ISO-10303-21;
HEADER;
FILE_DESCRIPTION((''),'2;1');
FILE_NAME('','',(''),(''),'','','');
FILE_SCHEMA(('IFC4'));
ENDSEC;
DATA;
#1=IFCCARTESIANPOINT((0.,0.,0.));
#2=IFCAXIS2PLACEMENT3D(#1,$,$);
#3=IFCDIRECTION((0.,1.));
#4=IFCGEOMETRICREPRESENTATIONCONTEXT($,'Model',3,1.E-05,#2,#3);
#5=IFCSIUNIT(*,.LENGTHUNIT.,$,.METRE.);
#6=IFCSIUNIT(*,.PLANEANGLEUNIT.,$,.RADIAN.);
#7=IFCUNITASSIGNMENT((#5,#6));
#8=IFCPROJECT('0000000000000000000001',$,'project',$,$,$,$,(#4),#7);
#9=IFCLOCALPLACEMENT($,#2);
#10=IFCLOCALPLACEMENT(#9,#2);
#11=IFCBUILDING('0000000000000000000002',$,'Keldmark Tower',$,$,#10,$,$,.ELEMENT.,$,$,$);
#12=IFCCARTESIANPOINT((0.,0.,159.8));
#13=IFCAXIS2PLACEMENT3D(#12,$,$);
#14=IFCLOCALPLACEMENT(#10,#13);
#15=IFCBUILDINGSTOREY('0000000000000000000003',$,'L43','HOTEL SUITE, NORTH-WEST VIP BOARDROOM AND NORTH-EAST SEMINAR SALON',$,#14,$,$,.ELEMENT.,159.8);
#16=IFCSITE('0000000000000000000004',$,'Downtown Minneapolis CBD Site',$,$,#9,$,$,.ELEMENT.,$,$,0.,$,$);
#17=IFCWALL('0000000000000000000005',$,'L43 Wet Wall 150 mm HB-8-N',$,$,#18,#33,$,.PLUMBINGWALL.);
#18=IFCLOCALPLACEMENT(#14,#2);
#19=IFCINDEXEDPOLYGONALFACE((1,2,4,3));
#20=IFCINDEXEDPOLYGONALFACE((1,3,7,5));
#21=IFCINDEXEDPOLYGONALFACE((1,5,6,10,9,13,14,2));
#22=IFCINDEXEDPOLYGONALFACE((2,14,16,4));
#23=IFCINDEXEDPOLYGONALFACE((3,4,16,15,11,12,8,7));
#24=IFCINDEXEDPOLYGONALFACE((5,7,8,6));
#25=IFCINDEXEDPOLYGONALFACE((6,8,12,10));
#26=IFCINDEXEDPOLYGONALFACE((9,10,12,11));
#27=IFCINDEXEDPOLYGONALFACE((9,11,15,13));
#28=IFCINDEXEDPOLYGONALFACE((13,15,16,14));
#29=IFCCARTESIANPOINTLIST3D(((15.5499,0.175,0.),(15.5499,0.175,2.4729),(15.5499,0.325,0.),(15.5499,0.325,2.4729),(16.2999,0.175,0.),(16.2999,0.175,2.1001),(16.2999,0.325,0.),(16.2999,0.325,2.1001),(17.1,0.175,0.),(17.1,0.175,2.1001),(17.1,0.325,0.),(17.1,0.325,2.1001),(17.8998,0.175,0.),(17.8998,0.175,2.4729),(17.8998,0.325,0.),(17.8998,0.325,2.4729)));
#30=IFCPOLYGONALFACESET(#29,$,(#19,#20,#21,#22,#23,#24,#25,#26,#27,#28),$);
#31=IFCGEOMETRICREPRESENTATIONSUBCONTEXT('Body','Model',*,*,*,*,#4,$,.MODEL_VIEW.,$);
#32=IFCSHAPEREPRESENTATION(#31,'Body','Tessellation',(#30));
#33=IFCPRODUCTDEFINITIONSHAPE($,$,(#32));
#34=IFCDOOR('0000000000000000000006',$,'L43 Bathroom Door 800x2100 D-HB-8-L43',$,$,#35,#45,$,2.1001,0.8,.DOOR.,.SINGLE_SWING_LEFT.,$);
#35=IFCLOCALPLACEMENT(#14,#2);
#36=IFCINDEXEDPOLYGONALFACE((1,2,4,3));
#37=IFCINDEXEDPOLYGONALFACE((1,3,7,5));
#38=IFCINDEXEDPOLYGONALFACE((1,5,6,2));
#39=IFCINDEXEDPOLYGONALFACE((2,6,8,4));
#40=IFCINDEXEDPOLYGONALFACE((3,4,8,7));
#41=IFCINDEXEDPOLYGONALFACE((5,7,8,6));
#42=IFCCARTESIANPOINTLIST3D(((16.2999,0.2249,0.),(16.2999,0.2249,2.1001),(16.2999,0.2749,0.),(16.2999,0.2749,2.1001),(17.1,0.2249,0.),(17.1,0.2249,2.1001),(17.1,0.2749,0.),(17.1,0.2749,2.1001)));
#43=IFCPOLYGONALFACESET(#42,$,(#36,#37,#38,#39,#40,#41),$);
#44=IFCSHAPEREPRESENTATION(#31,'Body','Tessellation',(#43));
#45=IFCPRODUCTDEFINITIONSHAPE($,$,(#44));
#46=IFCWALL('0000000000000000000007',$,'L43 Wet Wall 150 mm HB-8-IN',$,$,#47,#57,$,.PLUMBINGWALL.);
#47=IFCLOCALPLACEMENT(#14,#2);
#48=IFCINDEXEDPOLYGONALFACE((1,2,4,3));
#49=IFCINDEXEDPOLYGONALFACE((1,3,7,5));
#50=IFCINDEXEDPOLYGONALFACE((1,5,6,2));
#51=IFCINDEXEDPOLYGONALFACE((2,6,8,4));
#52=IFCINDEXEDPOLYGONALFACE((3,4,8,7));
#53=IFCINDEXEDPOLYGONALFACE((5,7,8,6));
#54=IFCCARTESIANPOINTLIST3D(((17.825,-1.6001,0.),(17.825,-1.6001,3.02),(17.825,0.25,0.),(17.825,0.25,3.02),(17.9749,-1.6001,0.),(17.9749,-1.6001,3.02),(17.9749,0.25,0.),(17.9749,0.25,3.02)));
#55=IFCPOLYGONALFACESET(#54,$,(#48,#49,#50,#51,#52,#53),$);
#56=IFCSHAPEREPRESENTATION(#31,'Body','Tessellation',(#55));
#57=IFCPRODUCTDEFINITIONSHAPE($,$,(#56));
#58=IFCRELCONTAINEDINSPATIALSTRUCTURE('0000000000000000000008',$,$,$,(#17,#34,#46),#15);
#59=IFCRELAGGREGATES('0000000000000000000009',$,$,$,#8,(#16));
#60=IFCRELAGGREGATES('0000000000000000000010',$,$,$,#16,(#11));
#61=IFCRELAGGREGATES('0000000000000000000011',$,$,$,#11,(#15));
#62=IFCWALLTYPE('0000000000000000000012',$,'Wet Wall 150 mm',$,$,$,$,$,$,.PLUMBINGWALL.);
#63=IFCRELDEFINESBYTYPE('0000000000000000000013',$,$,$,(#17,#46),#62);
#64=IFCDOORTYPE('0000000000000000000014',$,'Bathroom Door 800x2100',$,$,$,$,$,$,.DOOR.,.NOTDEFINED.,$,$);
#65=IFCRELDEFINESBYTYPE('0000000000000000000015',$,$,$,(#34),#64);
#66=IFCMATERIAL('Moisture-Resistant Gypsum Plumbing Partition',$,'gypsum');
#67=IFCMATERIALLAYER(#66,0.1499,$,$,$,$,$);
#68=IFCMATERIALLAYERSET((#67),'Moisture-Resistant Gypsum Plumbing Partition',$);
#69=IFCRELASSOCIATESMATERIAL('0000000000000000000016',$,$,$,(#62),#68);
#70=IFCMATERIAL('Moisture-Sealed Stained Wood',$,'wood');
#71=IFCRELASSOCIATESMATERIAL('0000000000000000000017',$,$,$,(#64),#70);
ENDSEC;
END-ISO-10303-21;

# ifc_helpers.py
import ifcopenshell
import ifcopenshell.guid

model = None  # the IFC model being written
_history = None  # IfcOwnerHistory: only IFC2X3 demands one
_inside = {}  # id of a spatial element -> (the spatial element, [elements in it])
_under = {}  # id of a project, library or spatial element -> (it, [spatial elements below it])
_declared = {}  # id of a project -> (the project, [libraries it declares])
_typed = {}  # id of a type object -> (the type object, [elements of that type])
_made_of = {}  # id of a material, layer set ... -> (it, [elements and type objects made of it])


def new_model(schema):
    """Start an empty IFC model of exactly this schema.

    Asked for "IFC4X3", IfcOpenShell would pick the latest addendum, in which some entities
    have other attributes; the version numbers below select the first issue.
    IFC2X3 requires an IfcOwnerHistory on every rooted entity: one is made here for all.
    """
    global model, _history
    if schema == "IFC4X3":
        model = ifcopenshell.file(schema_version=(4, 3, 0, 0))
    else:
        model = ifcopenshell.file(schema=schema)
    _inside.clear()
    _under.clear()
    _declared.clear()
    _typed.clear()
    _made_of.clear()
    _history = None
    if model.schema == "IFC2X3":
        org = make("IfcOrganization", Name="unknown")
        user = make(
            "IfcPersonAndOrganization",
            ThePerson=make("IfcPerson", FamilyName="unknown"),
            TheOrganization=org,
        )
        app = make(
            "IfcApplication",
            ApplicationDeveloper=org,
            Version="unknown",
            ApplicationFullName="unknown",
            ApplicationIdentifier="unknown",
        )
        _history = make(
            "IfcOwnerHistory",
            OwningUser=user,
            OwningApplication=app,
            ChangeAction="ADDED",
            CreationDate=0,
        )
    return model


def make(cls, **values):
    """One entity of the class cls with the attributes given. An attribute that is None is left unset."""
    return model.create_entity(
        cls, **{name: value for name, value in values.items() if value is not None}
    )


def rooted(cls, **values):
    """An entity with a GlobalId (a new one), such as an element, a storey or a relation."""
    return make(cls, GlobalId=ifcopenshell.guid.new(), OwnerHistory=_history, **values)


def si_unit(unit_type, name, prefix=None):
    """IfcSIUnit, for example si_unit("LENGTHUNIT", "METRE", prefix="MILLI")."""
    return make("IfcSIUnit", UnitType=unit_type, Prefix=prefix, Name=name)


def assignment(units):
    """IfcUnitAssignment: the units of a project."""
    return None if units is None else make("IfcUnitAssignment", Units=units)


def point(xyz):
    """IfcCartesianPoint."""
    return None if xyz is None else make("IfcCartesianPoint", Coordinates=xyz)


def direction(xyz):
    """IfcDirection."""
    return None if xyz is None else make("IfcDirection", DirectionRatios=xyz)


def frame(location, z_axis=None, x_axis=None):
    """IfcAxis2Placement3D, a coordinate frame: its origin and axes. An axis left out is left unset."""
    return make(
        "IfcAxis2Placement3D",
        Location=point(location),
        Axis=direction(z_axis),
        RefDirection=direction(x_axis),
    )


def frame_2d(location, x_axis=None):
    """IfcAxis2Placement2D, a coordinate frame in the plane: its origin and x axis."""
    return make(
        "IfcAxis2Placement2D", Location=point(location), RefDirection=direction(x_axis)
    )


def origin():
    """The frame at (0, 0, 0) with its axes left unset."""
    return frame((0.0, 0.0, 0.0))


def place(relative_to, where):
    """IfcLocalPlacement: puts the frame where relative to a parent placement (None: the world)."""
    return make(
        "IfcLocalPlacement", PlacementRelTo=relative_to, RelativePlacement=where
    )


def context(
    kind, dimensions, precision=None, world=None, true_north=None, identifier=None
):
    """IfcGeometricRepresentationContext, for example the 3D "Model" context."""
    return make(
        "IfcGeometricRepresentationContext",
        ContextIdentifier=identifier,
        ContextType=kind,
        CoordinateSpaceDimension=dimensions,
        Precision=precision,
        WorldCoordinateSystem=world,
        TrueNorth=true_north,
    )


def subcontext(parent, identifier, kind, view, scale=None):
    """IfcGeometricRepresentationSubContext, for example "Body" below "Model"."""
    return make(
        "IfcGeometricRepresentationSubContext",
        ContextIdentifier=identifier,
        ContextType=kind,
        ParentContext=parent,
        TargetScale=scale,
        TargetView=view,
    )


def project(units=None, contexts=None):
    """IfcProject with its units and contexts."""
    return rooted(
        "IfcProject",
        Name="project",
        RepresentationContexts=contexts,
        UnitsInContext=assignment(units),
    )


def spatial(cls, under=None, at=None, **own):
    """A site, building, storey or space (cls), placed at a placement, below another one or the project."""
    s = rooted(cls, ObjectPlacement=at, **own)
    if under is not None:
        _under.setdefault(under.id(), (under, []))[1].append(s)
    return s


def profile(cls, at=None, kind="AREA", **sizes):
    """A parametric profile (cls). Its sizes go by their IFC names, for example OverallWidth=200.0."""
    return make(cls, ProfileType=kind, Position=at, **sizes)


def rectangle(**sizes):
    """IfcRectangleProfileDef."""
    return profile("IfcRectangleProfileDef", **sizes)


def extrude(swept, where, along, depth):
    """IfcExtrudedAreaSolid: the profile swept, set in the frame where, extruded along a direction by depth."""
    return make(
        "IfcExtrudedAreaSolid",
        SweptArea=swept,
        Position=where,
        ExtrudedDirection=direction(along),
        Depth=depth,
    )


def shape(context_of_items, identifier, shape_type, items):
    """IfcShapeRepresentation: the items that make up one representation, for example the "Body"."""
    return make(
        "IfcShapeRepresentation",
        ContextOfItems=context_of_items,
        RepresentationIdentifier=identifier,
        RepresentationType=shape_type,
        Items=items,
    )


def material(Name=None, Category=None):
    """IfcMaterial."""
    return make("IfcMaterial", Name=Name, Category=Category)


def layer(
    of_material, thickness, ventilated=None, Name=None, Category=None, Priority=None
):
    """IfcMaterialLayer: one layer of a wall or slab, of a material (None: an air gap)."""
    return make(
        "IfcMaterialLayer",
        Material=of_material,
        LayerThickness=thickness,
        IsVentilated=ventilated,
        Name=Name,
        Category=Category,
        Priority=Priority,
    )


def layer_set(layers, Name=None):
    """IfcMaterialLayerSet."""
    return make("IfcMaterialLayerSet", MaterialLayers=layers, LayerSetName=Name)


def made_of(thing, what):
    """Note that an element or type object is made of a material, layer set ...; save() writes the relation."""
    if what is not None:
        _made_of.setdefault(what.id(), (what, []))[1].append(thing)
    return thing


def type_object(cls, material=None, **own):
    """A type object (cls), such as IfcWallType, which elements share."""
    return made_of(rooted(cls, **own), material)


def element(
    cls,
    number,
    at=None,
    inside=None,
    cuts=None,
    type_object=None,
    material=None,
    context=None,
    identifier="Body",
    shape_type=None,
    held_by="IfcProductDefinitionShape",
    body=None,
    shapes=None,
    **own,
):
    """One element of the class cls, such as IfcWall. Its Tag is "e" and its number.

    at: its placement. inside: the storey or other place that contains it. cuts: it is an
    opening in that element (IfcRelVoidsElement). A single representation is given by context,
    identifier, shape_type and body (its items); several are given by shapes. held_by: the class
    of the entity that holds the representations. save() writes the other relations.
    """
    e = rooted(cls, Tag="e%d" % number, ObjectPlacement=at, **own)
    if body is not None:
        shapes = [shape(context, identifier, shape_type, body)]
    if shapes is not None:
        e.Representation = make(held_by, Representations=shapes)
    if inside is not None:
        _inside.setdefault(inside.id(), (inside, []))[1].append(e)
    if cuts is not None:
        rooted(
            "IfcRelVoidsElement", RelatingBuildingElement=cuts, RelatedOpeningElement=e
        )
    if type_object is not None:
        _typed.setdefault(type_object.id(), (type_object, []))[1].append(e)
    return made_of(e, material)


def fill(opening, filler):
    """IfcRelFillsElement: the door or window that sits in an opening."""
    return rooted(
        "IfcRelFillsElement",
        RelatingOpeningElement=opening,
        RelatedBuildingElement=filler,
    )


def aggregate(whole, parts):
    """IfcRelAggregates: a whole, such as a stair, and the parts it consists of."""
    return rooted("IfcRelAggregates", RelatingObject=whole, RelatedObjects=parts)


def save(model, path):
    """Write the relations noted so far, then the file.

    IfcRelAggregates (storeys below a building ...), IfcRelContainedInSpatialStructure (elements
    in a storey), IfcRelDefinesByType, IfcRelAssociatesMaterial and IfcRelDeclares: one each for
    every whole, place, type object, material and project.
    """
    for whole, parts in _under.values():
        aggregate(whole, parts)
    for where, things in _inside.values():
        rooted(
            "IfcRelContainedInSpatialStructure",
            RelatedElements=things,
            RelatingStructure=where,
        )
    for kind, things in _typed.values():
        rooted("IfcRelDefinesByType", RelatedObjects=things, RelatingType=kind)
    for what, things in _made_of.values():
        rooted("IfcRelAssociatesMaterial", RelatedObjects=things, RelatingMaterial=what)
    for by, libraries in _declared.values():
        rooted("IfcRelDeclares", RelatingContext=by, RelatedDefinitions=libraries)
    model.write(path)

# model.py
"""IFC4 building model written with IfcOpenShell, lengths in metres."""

from ifc_helpers import new_model, si_unit, direction, frame, frame_2d, origin, place, context, subcontext, project, spatial, rectangle, extrude, material, layer, layer_set, type_object, element, fill, save


model = new_model("IFC4")

# Units and contexts
model_context = context("Model", 3, precision=1e-05, world=origin(), true_north=direction((0.0, 1.0)))
body_context = subcontext(model_context, "Body", "Model", "MODEL_VIEW")
ifc_project = project(units=[si_unit("LENGTHUNIT", "METRE"), si_unit("PLANEANGLEUNIT", "RADIAN")], contexts=[model_context])

# Site, building, storey
site_placement = place(None, origin())
site = spatial("IfcSite", under=ifc_project, at=site_placement, Name="Downtown Minneapolis CBD Site", CompositionType="ELEMENT", RefElevation=0.0)
building_placement = place(site_placement, origin())
building = spatial("IfcBuilding", under=site, at=building_placement, Name="Keldmark Tower", CompositionType="ELEMENT")
storey_placement = place(building_placement, frame((0.0, 0.0, 159.8)))
storey = spatial("IfcBuildingStorey", under=building, at=storey_placement, Name="L43", Description="HOTEL SUITE, NORTH-WEST VIP BOARDROOM AND NORTH-EAST SEMINAR SALON", CompositionType="ELEMENT", Elevation=159.8)

# Shared definitions
ifc_material_1 = material(Name="Moisture-Resistant Gypsum Plumbing Partition", Category="gypsum")
ifc_layer_1 = layer(ifc_material_1, 0.1499)
ifc_layer_set_1 = layer_set([ifc_layer_1], Name="Moisture-Resistant Gypsum Plumbing Partition")
wall_type_1 = type_object("IfcWallType", Name="Wet Wall 150 mm", PredefinedType="PLUMBINGWALL", material=ifc_layer_set_1)

# Wall, opening, door
wall_1_placement = place(storey_placement, frame((15.55, 0.25, 0.0), z_axis=(0.0, 0.0, 1.0), x_axis=(1.0, 0.0, 0.0)))
wall_1 = element("IfcWall", 1, at=wall_1_placement, inside=storey, type_object=wall_type_1, Name="L43 Wet Wall 150 mm HB-8-N", PredefinedType="PLUMBINGWALL", context=body_context, shape_type="SweptSolid", body=[
    extrude(rectangle(XDim=2.3499, YDim=0.1499, at=frame_2d((1.1748, 0.0))), origin(), (0.0, 0.0, 1.0), 2.4729),
])
opening_1_placement = place(wall_1_placement, frame((0.75, 0.0, 0.0)))
opening_1 = element("IfcOpeningElement", 2, at=opening_1_placement, cuts=wall_1, PredefinedType="OPENING", context=body_context, shape_type="SweptSolid", body=[
    extrude(rectangle(XDim=0.8, YDim=2.1001, at=frame_2d((0.3999, 1.05))), frame((0.0, 0.085, 0.0), z_axis=(0.0, -1.0, 0.0), x_axis=(1.0, 0.0, 0.0)), (0.0, 0.0, 1.0), 0.1699),
])
ifc_material_2 = material(Name="Moisture-Sealed Stained Wood", Category="wood")
door_type_1 = type_object("IfcDoorType", Name="Bathroom Door 800x2100", OperationType="NOTDEFINED", PredefinedType="DOOR", material=ifc_material_2)
door_1_placement = place(opening_1_placement, origin())
door_1 = element("IfcDoor", 3, at=door_1_placement, inside=storey, type_object=door_type_1, Name="L43 Bathroom Door 800x2100 D-HB-8-L43", OperationType="SINGLE_SWING_LEFT", OverallHeight=2.1001, OverallWidth=0.8, PredefinedType="DOOR", context=body_context, shape_type="SweptSolid", body=[
    extrude(rectangle(XDim=0.8, YDim=2.1001, at=frame_2d((0.3999, 1.05))), frame((0.0, 0.0249, 0.0), z_axis=(0.0, -1.0, 0.0), x_axis=(1.0, 0.0, 0.0)), (0.0, 0.0, 1.0), 0.05),
])
fill(opening_1, door_1)

# Wall
wall_2_placement = place(storey_placement, frame((17.8999, -1.6001, 0.0), z_axis=(0.0, 0.0, 1.0), x_axis=(0.0, 1.0, 0.0)))
element("IfcWall", 4, at=wall_2_placement, inside=storey, type_object=wall_type_1, Name="L43 Wet Wall 150 mm HB-8-IN", PredefinedType="PLUMBINGWALL", context=body_context, shape_type="SweptSolid", body=[
    extrude(rectangle(XDim=1.8501, YDim=0.1499, at=frame_2d((0.925, 0.0))), origin(), (0.0, 0.0, 1.0), 3.02),
])

save(model, "model.ifc")
